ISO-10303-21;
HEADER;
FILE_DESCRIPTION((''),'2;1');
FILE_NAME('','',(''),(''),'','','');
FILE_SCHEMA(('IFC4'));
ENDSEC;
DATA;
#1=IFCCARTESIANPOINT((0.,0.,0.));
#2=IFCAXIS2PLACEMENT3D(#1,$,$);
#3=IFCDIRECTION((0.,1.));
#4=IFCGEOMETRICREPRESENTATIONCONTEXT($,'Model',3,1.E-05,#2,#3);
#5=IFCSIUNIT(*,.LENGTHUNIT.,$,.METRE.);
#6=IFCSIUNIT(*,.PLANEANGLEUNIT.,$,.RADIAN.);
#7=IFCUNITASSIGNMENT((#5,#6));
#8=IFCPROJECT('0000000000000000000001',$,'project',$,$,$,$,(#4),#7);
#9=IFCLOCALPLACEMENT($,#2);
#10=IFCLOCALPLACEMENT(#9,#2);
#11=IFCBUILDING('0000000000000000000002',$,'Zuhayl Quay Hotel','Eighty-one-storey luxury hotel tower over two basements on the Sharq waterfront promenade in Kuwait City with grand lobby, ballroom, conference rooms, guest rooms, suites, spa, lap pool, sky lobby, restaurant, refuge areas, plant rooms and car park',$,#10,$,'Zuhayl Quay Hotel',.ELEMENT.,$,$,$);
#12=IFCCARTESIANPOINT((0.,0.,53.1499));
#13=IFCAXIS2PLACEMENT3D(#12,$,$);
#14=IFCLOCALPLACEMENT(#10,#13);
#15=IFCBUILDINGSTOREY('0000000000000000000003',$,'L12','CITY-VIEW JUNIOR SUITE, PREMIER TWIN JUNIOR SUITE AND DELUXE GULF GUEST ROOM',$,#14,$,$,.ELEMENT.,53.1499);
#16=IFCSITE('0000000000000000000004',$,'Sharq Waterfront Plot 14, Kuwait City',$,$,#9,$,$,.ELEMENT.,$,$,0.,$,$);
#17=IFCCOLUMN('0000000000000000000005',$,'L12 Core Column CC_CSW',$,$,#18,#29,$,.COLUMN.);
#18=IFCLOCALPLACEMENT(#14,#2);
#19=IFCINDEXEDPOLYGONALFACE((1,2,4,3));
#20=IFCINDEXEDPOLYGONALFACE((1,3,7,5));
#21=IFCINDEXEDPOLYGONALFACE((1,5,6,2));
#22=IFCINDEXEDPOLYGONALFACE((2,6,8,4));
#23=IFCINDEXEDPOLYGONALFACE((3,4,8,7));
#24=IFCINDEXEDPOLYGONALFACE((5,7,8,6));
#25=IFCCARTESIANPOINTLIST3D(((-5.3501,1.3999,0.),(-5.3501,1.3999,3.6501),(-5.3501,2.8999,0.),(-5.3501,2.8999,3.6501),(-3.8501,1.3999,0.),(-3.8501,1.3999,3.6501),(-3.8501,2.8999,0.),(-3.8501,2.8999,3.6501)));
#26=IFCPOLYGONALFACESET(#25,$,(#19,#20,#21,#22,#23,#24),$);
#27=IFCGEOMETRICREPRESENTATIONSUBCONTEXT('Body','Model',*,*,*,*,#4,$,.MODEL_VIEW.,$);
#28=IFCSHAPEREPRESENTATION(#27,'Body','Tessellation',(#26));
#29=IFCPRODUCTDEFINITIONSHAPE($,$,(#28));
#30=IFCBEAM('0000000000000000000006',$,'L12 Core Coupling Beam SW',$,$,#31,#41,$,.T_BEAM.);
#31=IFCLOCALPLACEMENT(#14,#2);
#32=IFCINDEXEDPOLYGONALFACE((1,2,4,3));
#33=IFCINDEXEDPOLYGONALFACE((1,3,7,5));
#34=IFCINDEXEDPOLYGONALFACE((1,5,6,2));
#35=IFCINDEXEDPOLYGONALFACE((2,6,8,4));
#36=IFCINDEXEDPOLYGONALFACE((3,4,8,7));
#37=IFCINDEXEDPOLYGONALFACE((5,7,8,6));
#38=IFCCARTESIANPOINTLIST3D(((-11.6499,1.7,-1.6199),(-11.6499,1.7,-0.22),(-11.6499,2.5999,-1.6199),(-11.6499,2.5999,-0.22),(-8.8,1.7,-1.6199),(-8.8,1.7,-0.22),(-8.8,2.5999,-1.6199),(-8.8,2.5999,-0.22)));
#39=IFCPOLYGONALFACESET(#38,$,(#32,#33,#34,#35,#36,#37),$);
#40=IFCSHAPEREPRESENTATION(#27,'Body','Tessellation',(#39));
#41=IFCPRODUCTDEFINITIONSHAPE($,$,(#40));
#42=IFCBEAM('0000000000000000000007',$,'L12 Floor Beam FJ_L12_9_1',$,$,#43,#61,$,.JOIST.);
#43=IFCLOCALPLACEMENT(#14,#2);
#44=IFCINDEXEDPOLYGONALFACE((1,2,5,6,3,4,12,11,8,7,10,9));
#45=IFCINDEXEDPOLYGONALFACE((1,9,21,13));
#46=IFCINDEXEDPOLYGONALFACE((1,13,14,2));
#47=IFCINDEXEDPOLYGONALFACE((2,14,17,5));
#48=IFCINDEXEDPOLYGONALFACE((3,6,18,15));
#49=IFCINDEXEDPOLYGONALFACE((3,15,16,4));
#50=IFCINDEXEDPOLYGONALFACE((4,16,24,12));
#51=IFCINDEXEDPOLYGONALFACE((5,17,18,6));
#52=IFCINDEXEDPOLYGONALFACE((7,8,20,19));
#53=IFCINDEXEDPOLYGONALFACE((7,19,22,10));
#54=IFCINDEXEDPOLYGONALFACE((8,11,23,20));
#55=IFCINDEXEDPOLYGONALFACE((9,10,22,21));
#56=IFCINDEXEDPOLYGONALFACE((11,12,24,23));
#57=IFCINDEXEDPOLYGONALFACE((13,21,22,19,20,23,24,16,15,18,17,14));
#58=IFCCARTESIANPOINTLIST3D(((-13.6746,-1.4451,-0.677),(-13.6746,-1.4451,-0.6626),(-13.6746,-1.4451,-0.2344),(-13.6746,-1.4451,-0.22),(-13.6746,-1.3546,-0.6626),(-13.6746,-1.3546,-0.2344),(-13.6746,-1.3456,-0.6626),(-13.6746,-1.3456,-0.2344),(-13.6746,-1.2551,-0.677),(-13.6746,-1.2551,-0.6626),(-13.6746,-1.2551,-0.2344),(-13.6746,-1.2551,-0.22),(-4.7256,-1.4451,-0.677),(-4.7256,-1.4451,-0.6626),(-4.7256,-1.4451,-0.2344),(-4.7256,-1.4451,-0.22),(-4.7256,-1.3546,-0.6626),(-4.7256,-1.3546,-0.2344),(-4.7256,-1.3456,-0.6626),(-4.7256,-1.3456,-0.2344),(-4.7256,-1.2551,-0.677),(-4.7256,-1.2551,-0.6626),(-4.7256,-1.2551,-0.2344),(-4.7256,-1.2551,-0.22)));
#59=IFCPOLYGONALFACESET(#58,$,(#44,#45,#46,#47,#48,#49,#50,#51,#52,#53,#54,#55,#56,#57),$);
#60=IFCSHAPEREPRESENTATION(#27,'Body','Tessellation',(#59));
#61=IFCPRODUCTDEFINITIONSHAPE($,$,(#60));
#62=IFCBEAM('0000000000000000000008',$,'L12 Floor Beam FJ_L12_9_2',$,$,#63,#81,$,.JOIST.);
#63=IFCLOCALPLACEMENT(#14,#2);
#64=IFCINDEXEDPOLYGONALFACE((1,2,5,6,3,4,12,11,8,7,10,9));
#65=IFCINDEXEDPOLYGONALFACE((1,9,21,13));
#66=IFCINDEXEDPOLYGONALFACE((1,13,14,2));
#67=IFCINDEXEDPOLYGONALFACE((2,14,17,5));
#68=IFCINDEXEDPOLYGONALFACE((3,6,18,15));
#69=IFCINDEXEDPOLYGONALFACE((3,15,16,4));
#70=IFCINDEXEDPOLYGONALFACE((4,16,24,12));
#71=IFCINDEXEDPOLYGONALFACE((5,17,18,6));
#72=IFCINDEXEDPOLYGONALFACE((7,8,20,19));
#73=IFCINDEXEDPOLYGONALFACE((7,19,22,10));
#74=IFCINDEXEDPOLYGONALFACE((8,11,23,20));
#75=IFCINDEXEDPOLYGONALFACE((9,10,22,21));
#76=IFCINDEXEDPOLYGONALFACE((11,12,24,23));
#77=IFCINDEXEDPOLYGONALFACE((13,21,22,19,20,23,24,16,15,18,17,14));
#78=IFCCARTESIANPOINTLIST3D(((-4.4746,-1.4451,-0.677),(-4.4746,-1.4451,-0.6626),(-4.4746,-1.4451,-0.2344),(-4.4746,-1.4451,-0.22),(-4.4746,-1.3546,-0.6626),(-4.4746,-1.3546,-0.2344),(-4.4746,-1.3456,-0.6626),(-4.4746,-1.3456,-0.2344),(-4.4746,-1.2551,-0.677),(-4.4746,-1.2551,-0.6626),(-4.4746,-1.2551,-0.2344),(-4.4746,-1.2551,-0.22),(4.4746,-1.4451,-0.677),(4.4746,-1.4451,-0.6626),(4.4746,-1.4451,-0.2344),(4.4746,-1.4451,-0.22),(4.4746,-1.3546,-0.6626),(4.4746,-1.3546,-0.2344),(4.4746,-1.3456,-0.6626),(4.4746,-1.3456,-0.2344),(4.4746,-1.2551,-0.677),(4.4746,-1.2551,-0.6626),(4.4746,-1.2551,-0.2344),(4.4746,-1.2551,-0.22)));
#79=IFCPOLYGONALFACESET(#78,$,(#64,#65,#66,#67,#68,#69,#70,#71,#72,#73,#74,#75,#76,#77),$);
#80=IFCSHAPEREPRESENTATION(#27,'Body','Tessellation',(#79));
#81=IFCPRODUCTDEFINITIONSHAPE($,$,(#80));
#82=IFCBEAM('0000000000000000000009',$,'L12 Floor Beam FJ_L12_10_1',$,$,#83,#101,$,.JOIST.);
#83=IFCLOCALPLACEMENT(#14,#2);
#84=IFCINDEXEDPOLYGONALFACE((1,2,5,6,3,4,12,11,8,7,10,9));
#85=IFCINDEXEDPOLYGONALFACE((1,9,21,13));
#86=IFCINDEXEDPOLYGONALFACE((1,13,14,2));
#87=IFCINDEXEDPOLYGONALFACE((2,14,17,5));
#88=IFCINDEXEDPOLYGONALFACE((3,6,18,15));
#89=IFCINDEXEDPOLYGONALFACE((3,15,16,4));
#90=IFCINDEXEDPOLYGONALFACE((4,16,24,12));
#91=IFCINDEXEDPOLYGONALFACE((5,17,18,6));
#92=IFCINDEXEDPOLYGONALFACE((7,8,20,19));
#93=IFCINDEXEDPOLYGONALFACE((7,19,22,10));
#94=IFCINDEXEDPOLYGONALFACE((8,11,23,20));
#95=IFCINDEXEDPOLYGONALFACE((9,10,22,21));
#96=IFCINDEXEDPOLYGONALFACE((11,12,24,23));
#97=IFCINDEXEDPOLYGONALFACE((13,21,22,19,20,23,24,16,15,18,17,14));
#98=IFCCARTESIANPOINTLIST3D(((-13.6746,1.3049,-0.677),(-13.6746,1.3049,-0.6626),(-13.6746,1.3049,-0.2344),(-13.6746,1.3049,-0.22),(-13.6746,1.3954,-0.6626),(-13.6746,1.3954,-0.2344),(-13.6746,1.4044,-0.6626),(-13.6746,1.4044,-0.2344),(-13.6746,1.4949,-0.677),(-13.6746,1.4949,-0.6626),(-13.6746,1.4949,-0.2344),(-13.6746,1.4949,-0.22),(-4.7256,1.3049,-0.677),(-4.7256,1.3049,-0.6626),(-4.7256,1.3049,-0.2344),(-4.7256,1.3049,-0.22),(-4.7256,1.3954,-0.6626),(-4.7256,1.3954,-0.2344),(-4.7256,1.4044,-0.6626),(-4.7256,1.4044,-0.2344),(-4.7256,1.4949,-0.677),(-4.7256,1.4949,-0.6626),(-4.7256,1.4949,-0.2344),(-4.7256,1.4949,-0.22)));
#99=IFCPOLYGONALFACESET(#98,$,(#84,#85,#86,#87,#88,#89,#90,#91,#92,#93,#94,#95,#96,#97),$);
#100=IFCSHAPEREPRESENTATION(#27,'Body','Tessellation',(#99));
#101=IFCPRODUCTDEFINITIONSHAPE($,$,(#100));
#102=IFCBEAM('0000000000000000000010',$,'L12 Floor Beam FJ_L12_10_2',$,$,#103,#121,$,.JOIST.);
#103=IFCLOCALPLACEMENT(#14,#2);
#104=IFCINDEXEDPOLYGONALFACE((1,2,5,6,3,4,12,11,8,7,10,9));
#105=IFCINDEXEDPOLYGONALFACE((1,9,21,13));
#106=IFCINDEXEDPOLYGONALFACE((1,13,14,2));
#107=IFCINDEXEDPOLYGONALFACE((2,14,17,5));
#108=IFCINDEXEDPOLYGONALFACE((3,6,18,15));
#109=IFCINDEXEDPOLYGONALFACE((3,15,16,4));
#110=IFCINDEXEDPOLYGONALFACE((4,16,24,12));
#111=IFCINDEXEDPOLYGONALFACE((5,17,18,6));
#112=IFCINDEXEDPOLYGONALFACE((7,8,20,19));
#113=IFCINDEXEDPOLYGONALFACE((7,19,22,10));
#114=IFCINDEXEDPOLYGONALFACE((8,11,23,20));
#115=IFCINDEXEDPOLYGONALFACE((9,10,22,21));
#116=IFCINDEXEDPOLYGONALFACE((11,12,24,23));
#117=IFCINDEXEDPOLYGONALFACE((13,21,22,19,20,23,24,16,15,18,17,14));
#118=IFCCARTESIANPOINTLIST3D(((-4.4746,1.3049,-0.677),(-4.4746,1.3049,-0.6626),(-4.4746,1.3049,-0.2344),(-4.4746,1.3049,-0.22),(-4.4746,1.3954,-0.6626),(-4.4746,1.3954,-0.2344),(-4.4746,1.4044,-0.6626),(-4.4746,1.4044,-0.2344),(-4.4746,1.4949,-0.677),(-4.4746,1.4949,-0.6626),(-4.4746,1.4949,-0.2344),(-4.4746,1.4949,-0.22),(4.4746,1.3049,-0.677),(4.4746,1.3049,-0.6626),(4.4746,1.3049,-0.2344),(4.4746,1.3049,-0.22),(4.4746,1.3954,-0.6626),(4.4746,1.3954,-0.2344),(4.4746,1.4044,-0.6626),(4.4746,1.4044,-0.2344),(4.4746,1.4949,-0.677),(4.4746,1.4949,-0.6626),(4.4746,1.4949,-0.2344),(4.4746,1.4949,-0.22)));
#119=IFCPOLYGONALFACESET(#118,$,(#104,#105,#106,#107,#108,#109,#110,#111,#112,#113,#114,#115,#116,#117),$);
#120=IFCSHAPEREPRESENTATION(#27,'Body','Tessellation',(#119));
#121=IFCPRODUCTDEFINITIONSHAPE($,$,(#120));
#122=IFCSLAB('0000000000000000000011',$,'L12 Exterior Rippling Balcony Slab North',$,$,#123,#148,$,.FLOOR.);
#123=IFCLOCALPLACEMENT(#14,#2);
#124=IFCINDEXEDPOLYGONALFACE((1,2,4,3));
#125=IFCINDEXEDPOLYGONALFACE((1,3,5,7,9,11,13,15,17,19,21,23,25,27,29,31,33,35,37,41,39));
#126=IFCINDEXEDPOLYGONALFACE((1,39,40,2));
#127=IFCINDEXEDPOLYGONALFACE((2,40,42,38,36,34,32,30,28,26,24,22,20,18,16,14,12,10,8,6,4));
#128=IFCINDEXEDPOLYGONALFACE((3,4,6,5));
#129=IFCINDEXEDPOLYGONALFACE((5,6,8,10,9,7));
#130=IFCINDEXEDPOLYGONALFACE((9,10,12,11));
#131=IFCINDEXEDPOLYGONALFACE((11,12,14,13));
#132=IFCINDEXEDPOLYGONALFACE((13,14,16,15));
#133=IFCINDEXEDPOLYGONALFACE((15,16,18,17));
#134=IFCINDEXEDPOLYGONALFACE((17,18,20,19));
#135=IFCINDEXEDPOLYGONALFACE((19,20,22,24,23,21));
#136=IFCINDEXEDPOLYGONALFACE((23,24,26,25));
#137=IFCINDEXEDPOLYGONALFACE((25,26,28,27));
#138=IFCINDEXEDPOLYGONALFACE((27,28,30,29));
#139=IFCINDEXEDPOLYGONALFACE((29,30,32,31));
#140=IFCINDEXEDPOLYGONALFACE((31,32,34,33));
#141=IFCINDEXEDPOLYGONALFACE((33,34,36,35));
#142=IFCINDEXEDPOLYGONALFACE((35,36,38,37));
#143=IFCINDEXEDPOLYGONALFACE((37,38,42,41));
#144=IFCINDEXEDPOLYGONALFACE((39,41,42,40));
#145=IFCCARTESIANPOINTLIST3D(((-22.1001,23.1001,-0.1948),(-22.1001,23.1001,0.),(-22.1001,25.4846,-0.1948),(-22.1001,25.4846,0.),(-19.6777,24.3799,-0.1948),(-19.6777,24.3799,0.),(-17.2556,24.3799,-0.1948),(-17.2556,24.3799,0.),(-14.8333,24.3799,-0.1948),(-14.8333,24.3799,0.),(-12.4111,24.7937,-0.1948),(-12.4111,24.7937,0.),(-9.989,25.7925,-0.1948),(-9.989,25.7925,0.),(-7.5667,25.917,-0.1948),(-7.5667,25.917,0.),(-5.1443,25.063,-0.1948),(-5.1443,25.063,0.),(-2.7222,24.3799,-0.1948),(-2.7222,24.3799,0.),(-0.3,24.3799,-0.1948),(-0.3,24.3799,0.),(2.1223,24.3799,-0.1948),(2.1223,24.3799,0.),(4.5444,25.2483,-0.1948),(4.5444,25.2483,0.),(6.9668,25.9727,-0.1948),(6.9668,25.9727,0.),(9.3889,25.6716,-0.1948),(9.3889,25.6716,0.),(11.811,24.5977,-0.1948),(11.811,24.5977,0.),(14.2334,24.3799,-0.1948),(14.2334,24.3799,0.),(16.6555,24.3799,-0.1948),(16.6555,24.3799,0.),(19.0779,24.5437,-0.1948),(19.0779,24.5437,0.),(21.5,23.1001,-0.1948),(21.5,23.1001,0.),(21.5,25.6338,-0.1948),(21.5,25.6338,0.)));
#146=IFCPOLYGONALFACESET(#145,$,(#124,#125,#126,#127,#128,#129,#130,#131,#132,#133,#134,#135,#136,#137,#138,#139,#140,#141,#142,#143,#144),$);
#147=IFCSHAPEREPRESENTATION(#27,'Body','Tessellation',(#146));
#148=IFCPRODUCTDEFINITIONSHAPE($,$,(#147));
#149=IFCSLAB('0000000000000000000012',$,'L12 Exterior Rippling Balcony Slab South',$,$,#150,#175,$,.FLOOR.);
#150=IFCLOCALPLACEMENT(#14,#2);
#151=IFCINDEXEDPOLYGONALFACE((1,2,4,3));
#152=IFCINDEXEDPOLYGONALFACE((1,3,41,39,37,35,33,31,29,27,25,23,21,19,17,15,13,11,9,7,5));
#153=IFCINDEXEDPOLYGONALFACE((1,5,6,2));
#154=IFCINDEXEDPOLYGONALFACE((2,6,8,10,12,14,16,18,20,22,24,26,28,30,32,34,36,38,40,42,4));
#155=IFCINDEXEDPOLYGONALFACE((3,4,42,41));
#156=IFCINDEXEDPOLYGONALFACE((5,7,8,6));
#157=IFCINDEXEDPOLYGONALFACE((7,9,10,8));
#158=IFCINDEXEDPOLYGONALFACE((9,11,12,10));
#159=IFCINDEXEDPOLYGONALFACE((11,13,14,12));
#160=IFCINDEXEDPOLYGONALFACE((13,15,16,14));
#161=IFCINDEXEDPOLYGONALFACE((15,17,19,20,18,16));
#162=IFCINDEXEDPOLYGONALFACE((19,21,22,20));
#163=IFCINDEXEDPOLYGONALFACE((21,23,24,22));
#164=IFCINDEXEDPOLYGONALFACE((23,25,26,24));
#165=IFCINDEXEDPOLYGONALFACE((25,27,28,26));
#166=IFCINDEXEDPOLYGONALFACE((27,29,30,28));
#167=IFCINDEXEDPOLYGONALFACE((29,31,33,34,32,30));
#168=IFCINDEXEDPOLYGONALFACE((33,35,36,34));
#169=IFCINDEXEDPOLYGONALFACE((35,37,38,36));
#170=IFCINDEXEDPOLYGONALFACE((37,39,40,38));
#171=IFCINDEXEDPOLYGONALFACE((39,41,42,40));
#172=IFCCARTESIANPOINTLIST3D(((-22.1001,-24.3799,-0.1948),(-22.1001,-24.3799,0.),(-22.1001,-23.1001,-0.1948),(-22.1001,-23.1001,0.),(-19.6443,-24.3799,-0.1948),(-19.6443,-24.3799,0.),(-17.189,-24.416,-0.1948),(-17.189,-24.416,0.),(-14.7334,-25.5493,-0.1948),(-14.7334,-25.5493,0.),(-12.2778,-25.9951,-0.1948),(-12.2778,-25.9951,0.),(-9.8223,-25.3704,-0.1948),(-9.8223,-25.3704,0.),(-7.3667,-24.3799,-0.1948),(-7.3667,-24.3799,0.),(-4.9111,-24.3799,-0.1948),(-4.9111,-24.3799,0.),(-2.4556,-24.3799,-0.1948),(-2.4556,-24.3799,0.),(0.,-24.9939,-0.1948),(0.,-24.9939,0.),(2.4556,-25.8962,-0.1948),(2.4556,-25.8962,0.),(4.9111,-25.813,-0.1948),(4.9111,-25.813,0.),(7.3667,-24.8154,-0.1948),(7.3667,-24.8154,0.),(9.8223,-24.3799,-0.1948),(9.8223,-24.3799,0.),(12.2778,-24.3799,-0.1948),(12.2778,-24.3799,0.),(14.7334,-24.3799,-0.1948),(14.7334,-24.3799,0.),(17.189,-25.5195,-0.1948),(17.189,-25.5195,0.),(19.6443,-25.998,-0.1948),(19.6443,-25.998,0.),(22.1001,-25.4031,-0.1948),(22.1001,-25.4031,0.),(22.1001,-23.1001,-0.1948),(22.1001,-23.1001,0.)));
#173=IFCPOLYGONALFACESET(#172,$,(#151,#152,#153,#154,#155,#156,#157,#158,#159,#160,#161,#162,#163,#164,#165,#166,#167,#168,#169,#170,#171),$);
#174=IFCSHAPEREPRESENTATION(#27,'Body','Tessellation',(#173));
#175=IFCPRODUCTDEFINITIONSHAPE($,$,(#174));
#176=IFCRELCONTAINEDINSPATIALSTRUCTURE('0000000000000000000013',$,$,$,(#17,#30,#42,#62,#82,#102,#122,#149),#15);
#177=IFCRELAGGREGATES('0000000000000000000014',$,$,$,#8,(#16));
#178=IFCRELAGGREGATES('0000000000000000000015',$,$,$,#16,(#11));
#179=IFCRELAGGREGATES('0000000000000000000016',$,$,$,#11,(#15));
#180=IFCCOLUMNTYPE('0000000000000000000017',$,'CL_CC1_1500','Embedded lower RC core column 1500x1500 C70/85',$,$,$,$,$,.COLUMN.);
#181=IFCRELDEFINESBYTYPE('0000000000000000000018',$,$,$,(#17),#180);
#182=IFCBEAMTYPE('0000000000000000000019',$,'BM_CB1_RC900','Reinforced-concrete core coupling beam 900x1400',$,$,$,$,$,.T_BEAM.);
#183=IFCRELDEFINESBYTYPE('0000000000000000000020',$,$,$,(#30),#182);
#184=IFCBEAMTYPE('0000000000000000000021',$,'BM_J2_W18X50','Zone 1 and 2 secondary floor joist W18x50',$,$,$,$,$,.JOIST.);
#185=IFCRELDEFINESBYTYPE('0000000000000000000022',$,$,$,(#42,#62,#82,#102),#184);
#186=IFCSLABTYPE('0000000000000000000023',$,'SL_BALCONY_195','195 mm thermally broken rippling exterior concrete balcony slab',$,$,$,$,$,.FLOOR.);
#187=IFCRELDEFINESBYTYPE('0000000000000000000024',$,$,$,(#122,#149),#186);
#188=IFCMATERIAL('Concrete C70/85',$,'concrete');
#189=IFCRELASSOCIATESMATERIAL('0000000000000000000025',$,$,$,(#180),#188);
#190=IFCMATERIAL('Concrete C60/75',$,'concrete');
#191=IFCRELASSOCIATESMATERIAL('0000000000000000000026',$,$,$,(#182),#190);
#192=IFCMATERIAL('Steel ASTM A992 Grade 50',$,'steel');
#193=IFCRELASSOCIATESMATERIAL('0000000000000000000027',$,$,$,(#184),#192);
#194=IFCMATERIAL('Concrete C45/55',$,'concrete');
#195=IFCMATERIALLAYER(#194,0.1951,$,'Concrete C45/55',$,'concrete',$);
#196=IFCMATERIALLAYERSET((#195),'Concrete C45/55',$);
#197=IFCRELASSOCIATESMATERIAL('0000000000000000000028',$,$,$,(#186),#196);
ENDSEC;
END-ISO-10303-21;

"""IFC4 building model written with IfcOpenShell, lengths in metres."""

from ifc_helpers import new_model, si_unit, direction, frame, origin, origin_2d, place, context, subcontext, project, spatial, polyline, rectangle, i_section, outline, extrude, material, layer, layer_set, material_profile, profile_set, type_object, element, save


model = new_model("IFC4")

# Units and contexts
model_context = context("Model", 3, precision=1e-05, world=origin(), true_north=direction((0.0, 1.0)))
body_context = subcontext(model_context, "Body", "Model", "MODEL_VIEW")
ifc_project = project(units=[si_unit("LENGTHUNIT", "METRE"), si_unit("PLANEANGLEUNIT", "RADIAN")], contexts=[model_context])

# Site, building, storey
site_placement = place(None, origin())
site = spatial("IfcSite", under=ifc_project, at=site_placement, Name="Sharq Waterfront Plot 14, Kuwait City", CompositionType="ELEMENT", RefElevation=0.0)
building_placement = place(site_placement, origin())
building = spatial("IfcBuilding", under=site, at=building_placement, Name="Zuhayl Quay Hotel", Description="Eighty-one-storey luxury hotel tower over two basements on the Sharq waterfront promenade in Kuwait City with grand lobby, ballroom, conference rooms, guest rooms, suites, spa, lap pool, sky lobby, restaurant, refuge areas, plant rooms and car park", LongName="Zuhayl Quay Hotel", CompositionType="ELEMENT")
storey_placement = place(building_placement, frame((0.0, 0.0, 53.1499)))
storey = spatial("IfcBuildingStorey", under=building, at=storey_placement, Name="L12", Description="CITY-VIEW JUNIOR SUITE, PREMIER TWIN JUNIOR SUITE AND DELUXE GULF GUEST ROOM", CompositionType="ELEMENT", Elevation=53.1499)

# Column
ifc_material_1 = material(Name="Concrete C70/85", Category="concrete")
ifc_material_profile_1 = material_profile(ifc_material_1, rectangle(XDim=1.5, YDim=1.5, at=origin_2d()), Name="RC1500X1500")
ifc_profile_set_1 = profile_set([ifc_material_profile_1], Name="Concrete C70/85")
column_type = type_object("IfcColumnType", Name="CL_CC1_1500", Description="Embedded lower RC core column 1500x1500 C70/85", PredefinedType="COLUMN", material=ifc_profile_set_1)
column_placement = place(storey_placement, frame((-4.6001, 2.1499, 0.0), z_axis=(0.0, 0.0, 1.0), x_axis=(1.0, 0.0, 0.0)))
element("IfcColumn", 1, at=column_placement, inside=storey, type_object=column_type, Name="L12 Core Column CC_CSW", PredefinedType="COLUMN", context=body_context, shape_type="SweptSolid", body=[
    extrude(rectangle(XDim=1.5, YDim=1.5, at=origin_2d()), origin(), (0.0, 0.0, 1.0), 3.6501),
])

# Beams
ifc_material_2 = material(Name="Concrete C60/75", Category="concrete")
ifc_material_profile_2 = material_profile(ifc_material_2, rectangle(XDim=0.8999, YDim=1.3999, at=origin_2d()), Name="RC900X1400")
ifc_profile_set_2 = profile_set([ifc_material_profile_2], Name="Concrete C60/75")
beam_type_1 = type_object("IfcBeamType", Name="BM_CB1_RC900", Description="Reinforced-concrete core coupling beam 900x1400", PredefinedType="T_BEAM", material=ifc_profile_set_2)
beam_1_placement = place(storey_placement, frame((-11.6499, 2.1499, -0.9199), z_axis=(1.0, 0.0, 0.0), x_axis=(0.0, 1.0, 0.0)))
element("IfcBeam", 2, at=beam_1_placement, inside=storey, type_object=beam_type_1, Name="L12 Core Coupling Beam SW", PredefinedType="T_BEAM", context=body_context, shape_type="SweptSolid", body=[
    extrude(rectangle(XDim=0.8999, YDim=1.3999, at=origin_2d()), origin(), (0.0, 0.0, 1.0), 2.8499),
])
ifc_material_3 = material(Name="Steel ASTM A992 Grade 50", Category="steel")
ifc_material_profile_3 = material_profile(ifc_material_3, i_section(OverallWidth=0.1899, OverallDepth=0.457, WebThickness=0.009, FlangeThickness=0.0144, at=origin_2d()), Name="W18X50")
ifc_profile_set_3 = profile_set([ifc_material_profile_3], Name="Steel ASTM A992 Grade 50")
beam_type_2 = type_object("IfcBeamType", Name="BM_J2_W18X50", Description="Zone 1 and 2 secondary floor joist W18x50", PredefinedType="JOIST", material=ifc_profile_set_3)
beam_2_placement = place(storey_placement, frame((-13.6746, -1.3501, -0.4485), z_axis=(1.0, 0.0, 0.0), x_axis=(0.0, 1.0, 0.0)))
element("IfcBeam", 3, at=beam_2_placement, inside=storey, type_object=beam_type_2, Name="L12 Floor Beam FJ_L12_9_1", PredefinedType="JOIST", context=body_context, shape_type="SweptSolid", body=[
    extrude(i_section(OverallWidth=0.1899, OverallDepth=0.457, WebThickness=0.009, FlangeThickness=0.0144, at=origin_2d()), origin(), (0.0, 0.0, 1.0), 8.949),
])
beam_3_placement = place(storey_placement, frame((-4.4746, -1.3501, -0.4485), z_axis=(1.0, 0.0, 0.0), x_axis=(0.0, 1.0, 0.0)))
element("IfcBeam", 4, at=beam_3_placement, inside=storey, type_object=beam_type_2, Name="L12 Floor Beam FJ_L12_9_2", PredefinedType="JOIST", context=body_context, shape_type="SweptSolid", body=[
    extrude(i_section(OverallWidth=0.1899, OverallDepth=0.457, WebThickness=0.009, FlangeThickness=0.0144, at=origin_2d()), origin(), (0.0, 0.0, 1.0), 8.9492),
])
beam_4_placement = place(storey_placement, frame((-13.6746, 1.3999, -0.4485), z_axis=(1.0, 0.0, 0.0), x_axis=(0.0, 1.0, 0.0)))
element("IfcBeam", 5, at=beam_4_placement, inside=storey, type_object=beam_type_2, Name="L12 Floor Beam FJ_L12_10_1", PredefinedType="JOIST", context=body_context, shape_type="SweptSolid", body=[
    extrude(i_section(OverallWidth=0.1899, OverallDepth=0.457, WebThickness=0.009, FlangeThickness=0.0144, at=origin_2d()), origin(), (0.0, 0.0, 1.0), 8.949),
])
beam_5_placement = place(storey_placement, frame((-4.4746, 1.3999, -0.4485), z_axis=(1.0, 0.0, 0.0), x_axis=(0.0, 1.0, 0.0)))
element("IfcBeam", 6, at=beam_5_placement, inside=storey, type_object=beam_type_2, Name="L12 Floor Beam FJ_L12_10_2", PredefinedType="JOIST", context=body_context, shape_type="SweptSolid", body=[
    extrude(i_section(OverallWidth=0.1899, OverallDepth=0.457, WebThickness=0.009, FlangeThickness=0.0144, at=origin_2d()), origin(), (0.0, 0.0, 1.0), 8.9492),
])

# Slabs
ifc_material_4 = material(Name="Concrete C45/55", Category="concrete")
ifc_layer_1 = layer(ifc_material_4, 0.1951, Name="Concrete C45/55", Category="concrete")
ifc_layer_set_1 = layer_set([ifc_layer_1], Name="Concrete C45/55")
slab_type_1 = type_object("IfcSlabType", Name="SL_BALCONY_195", Description="195 mm thermally broken rippling exterior concrete balcony slab", PredefinedType="FLOOR", material=ifc_layer_set_1)
slab_1_placement = place(storey_placement, frame((0.0, 0.0, -0.1948)))
element("IfcSlab", 7, at=slab_1_placement, inside=storey, type_object=slab_type_1, Name="L12 Exterior Rippling Balcony Slab North", PredefinedType="FLOOR", context=body_context, shape_type="SweptSolid", body=[
    extrude(outline(polyline([(-22.1001, 23.1001), (21.5, 23.1001), (21.5, 25.6338), (19.0779, 24.5437), (16.6555, 24.3799), (14.2334, 24.3799), (11.811, 24.5977), (9.3889, 25.6716), (6.9668, 25.9727), (4.5444, 25.2483), (2.1223, 24.3799), (-0.3, 24.3799), (-2.7222, 24.3799), (-5.1443, 25.063), (-7.5667, 25.917), (-9.989, 25.7925), (-12.4111, 24.7937), (-14.8333, 24.3799), (-17.2556, 24.3799), (-19.6777, 24.3799), (-22.1001, 25.4846), (-22.1001, 23.1001)])), origin(), (0.0, 0.0, 1.0), 0.1948),
])
slab_2_placement = place(storey_placement, frame((0.0, 0.0, -0.1948)))
element("IfcSlab", 8, at=slab_2_placement, inside=storey, type_object=slab_type_1, Name="L12 Exterior Rippling Balcony Slab South", PredefinedType="FLOOR", context=body_context, shape_type="SweptSolid", body=[
    extrude(outline(polyline([(-22.1001, -24.3799), (-19.6443, -24.3799), (-17.189, -24.416), (-14.7334, -25.5493), (-12.2778, -25.9951), (-9.8223, -25.3704), (-7.3667, -24.3799), (-4.9111, -24.3799), (-2.4556, -24.3799), (0.0, -24.9939), (2.4556, -25.8962), (4.9111, -25.813), (7.3667, -24.8154), (9.8223, -24.3799), (12.2778, -24.3799), (14.7334, -24.3799), (17.189, -25.5195), (19.6443, -25.998), (22.1001, -25.4031), (22.1001, -23.1001), (-22.1001, -23.1001), (-22.1001, -24.3799)])), origin(), (0.0, 0.0, 1.0), 0.1948),
])

save(model, "model.ifc")
